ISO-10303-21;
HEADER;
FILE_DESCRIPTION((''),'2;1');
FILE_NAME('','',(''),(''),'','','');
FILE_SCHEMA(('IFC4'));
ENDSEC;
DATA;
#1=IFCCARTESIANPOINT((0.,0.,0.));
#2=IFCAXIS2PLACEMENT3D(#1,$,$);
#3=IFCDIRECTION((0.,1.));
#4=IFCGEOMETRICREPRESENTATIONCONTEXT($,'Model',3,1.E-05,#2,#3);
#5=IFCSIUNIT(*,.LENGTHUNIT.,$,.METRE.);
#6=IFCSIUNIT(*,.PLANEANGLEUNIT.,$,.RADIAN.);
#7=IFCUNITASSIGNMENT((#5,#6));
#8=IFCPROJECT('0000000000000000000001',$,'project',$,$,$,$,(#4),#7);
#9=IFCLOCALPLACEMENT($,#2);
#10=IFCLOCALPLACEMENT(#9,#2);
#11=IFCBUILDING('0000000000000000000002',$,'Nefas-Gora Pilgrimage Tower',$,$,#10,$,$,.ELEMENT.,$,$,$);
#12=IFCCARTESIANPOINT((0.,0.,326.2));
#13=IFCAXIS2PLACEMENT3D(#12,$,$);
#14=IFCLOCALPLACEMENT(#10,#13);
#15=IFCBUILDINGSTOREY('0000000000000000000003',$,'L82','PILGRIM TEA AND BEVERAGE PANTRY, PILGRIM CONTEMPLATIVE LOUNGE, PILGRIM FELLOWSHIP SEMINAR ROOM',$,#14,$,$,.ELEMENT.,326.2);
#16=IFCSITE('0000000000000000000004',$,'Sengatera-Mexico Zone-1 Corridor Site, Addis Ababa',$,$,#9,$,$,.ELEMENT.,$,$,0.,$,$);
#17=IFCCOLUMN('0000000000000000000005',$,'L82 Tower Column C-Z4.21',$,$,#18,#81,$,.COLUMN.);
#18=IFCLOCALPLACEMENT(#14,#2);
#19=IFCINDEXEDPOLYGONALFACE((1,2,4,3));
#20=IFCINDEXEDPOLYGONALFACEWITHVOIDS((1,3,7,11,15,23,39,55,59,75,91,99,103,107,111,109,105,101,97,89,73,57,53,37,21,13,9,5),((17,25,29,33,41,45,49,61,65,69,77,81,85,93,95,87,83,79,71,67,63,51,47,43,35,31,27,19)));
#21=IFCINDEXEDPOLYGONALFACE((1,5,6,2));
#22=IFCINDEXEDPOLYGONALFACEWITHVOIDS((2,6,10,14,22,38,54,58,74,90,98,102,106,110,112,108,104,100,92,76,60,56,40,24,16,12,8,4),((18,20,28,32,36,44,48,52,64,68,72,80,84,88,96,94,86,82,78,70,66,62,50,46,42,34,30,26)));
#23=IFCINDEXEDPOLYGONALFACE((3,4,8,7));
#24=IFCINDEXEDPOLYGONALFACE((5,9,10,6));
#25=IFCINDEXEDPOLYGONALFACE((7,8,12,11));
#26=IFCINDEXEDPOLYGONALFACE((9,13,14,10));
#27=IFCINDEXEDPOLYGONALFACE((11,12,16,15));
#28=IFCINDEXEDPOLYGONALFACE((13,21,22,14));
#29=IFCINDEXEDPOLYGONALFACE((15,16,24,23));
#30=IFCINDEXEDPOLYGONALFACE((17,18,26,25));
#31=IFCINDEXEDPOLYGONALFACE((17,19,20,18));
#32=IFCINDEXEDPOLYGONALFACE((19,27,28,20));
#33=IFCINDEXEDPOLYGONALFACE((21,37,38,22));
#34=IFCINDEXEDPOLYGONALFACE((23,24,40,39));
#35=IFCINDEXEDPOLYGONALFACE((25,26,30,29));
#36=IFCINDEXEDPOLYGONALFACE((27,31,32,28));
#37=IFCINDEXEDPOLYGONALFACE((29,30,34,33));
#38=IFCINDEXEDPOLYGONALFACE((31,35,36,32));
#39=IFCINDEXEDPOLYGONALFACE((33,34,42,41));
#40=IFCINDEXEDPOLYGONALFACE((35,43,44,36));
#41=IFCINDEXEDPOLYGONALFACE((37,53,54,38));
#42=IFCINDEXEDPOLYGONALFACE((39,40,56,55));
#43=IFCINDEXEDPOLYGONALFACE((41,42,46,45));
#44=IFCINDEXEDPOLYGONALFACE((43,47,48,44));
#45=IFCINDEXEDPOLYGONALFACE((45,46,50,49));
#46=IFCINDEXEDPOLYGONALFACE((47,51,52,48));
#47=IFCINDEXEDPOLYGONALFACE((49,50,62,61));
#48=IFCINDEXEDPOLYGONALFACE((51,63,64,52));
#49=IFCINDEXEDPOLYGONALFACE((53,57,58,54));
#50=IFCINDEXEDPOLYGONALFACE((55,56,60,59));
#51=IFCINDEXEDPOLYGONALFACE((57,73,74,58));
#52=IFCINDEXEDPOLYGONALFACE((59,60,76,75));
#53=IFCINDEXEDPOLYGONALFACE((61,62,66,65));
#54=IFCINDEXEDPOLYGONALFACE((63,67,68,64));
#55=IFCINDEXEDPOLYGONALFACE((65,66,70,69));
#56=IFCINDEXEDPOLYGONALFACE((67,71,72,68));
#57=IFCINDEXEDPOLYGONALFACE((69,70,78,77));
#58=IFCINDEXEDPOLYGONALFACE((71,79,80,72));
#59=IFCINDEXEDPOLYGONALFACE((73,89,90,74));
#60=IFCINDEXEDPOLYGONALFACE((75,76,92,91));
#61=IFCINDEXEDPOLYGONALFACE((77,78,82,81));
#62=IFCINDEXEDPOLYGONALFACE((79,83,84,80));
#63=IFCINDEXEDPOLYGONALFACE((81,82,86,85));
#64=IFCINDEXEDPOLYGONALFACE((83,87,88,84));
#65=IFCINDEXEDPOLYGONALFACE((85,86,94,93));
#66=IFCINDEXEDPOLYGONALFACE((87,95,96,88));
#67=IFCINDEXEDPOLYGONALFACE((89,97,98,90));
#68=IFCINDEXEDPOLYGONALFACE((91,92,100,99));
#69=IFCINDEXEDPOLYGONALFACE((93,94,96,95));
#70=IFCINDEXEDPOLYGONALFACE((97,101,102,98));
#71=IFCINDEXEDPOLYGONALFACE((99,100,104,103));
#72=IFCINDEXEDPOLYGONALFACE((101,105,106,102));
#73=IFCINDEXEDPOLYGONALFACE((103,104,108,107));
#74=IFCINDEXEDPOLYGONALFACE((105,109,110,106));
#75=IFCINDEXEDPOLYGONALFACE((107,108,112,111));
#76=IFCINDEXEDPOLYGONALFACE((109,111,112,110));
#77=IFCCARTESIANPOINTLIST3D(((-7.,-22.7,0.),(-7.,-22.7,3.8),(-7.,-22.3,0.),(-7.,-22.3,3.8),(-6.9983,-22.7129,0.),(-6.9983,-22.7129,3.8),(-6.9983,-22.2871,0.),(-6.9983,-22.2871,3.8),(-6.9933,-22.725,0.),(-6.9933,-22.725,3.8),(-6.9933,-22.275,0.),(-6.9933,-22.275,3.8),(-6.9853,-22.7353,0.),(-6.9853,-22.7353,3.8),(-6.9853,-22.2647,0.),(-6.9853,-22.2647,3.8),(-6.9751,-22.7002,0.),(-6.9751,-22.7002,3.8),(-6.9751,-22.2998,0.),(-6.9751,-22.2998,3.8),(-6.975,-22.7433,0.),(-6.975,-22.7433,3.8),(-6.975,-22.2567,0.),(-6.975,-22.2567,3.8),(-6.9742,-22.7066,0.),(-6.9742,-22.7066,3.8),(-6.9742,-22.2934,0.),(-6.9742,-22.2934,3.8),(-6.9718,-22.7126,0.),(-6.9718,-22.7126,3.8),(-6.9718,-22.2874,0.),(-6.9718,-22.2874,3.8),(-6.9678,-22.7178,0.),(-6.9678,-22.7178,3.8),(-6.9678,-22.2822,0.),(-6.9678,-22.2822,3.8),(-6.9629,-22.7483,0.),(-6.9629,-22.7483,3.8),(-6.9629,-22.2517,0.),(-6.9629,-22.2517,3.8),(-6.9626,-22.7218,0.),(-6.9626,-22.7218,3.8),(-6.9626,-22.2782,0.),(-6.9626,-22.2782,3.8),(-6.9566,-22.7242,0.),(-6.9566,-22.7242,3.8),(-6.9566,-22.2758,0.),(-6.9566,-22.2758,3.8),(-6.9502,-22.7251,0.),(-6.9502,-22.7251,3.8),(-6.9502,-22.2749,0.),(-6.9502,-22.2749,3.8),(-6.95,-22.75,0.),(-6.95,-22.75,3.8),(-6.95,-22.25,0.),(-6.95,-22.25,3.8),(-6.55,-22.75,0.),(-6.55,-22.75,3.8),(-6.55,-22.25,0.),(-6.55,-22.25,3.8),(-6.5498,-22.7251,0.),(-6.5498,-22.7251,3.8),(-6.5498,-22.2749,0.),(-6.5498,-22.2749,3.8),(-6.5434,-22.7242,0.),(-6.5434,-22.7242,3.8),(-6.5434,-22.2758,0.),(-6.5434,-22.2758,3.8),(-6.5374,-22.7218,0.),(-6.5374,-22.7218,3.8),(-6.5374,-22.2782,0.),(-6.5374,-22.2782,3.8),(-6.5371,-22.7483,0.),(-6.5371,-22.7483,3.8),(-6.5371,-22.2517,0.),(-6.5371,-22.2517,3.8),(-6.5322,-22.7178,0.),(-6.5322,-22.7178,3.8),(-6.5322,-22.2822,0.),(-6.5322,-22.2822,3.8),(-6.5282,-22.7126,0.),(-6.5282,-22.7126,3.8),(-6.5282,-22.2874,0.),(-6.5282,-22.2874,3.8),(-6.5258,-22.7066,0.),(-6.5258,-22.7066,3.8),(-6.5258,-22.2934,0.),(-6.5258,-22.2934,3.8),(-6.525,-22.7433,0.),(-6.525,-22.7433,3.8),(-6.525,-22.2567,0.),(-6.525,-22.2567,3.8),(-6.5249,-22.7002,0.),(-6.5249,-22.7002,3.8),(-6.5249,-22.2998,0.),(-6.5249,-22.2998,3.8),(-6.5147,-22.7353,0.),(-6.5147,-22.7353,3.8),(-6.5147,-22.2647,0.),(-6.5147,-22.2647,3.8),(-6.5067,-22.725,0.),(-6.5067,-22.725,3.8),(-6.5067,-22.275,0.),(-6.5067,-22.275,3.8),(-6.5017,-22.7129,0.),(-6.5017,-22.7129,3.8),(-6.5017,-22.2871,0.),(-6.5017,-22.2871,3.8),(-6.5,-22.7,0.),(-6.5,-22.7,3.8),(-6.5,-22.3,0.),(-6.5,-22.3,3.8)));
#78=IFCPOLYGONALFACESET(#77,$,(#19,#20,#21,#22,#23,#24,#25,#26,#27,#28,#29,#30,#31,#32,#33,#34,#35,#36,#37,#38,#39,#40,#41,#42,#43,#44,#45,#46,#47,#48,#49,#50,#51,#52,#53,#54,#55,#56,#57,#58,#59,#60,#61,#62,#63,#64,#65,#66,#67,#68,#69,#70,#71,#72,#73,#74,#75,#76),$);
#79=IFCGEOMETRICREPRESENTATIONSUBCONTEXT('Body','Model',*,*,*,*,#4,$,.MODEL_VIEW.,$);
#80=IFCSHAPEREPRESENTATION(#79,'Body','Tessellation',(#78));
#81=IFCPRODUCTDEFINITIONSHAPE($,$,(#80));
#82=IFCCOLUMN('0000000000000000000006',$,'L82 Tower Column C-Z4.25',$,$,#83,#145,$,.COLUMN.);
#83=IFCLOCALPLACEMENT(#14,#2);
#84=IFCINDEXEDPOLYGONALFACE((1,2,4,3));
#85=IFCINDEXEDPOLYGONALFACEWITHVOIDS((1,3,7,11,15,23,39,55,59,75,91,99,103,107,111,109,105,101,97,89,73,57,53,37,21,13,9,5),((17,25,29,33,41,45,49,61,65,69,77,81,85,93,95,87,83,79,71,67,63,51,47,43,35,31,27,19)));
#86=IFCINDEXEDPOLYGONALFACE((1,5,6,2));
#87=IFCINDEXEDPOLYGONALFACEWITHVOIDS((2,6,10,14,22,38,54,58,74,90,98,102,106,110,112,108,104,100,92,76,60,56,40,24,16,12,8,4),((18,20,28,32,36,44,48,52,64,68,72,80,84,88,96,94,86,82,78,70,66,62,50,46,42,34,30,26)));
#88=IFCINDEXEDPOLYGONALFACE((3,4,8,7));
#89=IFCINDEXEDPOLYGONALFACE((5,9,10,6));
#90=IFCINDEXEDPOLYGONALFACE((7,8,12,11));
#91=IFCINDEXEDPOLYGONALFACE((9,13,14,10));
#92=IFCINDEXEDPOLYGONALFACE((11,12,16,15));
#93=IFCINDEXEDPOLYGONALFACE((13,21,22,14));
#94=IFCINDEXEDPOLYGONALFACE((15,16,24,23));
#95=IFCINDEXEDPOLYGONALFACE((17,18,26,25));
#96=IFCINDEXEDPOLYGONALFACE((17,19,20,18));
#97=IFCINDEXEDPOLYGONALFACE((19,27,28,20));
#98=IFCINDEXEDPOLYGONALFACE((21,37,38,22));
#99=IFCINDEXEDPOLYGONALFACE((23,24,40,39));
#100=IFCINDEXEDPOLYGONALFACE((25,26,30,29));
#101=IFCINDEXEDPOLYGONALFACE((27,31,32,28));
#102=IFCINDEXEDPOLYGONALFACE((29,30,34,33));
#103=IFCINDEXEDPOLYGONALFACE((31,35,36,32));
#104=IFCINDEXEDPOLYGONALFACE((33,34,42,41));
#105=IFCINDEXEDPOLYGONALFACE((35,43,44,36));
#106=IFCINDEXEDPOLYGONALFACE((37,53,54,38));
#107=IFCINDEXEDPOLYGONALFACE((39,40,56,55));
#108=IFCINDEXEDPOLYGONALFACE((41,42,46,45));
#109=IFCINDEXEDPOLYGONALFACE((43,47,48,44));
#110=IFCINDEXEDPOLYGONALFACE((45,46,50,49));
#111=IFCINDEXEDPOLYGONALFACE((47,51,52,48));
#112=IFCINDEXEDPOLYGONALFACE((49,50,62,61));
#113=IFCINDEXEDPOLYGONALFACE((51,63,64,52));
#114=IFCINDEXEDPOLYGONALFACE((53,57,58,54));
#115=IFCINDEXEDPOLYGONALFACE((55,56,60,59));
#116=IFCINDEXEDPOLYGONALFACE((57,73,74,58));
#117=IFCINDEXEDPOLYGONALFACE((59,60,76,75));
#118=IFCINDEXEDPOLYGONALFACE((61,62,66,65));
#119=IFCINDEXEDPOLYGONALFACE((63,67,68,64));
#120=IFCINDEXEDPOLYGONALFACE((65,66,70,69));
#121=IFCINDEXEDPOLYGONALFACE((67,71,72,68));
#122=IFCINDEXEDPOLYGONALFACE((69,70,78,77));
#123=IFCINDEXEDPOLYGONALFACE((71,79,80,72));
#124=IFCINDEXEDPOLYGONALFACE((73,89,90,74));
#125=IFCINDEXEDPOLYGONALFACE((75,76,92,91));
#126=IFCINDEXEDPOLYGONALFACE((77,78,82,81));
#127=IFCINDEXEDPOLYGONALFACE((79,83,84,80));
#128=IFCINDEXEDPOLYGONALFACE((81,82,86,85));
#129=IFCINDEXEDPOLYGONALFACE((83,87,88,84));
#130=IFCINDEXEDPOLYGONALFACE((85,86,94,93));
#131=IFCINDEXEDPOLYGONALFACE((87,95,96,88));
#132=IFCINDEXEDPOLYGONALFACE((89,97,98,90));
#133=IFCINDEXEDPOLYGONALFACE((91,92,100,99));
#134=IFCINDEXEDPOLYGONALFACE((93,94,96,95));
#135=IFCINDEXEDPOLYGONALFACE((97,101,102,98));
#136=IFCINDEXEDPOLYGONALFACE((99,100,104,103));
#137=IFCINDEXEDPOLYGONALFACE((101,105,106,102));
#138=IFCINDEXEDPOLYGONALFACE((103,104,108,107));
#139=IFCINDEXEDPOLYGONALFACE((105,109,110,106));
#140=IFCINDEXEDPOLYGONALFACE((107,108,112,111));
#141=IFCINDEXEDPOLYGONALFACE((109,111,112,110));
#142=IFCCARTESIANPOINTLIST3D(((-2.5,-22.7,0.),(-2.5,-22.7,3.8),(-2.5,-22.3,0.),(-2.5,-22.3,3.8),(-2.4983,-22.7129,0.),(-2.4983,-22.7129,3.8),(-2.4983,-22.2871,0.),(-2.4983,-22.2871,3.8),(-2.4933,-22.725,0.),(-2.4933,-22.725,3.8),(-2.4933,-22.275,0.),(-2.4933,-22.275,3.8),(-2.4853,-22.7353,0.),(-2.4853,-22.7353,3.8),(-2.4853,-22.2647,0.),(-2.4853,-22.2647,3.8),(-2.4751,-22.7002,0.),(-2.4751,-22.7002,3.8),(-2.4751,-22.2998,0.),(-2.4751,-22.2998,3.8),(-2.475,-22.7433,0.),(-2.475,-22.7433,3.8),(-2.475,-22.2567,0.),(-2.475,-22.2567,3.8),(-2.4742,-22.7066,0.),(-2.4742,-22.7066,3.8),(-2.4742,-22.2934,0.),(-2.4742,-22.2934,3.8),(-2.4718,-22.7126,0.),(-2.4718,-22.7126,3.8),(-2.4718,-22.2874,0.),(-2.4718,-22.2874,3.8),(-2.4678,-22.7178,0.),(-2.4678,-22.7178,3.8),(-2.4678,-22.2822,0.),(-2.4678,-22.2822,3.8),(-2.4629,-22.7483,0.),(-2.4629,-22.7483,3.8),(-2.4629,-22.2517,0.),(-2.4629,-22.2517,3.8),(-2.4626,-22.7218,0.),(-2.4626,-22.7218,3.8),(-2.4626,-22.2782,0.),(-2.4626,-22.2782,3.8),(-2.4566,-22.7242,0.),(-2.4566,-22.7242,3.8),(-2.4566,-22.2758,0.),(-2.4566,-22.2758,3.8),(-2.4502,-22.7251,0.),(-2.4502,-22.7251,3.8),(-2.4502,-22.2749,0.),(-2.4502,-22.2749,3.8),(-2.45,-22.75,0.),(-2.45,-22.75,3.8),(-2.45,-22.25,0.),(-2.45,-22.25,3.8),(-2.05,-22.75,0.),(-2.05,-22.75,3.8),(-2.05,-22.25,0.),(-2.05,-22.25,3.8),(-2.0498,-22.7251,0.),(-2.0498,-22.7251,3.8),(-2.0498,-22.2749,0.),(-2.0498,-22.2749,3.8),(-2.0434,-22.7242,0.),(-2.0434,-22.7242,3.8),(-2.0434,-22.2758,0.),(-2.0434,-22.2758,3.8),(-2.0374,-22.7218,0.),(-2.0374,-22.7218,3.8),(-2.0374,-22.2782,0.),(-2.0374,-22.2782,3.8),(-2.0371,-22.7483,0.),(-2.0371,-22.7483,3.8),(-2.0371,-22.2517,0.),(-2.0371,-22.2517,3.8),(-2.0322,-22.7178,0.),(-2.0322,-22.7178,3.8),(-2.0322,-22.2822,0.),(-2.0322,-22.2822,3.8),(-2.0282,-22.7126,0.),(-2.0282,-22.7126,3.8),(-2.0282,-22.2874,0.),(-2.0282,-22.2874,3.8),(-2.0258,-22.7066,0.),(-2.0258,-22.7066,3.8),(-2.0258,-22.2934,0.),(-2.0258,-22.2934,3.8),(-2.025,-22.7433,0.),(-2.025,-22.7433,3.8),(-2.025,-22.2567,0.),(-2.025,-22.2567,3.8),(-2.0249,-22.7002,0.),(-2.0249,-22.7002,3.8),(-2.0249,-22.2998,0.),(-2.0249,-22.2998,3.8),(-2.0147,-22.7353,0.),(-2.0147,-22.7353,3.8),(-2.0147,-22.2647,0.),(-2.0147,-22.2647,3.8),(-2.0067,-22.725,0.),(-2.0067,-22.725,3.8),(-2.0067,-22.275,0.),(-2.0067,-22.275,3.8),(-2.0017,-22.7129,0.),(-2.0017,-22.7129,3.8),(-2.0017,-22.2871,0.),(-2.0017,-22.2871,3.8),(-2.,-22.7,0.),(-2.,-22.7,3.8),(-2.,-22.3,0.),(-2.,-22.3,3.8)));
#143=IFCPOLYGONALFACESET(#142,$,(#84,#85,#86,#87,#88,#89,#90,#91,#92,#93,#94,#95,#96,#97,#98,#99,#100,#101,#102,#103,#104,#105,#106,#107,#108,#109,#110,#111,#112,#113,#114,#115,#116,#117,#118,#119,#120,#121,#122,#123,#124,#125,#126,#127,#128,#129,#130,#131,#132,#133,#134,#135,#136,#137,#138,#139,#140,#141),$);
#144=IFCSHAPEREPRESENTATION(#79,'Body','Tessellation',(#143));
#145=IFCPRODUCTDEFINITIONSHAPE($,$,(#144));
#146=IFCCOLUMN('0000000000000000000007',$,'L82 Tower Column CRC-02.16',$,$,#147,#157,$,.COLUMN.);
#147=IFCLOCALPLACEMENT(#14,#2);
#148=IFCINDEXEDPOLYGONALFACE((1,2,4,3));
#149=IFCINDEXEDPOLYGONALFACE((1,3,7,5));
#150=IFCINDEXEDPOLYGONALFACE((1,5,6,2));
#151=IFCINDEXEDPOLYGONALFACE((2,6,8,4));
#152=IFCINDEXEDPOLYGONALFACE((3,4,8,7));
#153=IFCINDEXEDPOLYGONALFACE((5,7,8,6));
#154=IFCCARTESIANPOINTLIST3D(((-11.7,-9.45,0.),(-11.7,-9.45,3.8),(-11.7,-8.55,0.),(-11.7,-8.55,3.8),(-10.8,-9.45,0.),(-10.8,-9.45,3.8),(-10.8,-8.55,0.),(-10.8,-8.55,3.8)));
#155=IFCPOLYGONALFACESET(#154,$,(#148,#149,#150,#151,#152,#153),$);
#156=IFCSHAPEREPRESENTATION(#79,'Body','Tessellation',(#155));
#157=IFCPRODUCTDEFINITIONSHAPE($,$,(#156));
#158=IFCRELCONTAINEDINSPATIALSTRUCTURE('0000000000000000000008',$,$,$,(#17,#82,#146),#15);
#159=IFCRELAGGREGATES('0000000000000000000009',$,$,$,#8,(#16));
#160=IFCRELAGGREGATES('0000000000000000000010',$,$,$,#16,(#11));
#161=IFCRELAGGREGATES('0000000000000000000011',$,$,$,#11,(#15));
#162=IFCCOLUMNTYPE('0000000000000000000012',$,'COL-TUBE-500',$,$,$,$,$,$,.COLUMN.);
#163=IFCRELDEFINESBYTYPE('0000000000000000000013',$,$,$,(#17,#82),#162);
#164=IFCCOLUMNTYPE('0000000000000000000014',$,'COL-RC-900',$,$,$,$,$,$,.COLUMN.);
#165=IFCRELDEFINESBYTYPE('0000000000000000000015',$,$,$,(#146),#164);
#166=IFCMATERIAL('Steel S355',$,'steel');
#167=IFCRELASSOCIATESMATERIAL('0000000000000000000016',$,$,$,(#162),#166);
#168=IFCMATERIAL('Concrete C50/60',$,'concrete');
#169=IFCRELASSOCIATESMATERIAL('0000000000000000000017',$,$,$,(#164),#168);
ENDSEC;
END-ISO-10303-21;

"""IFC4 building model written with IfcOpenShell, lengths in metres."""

from ifc_helpers import new_model, si_unit, direction, frame, origin, origin_2d, place, context, subcontext, project, spatial, rectangle, hollow_rectangle, extrude, source, transform, mapped, material, material_profile, profile_set, type_object, element, save


model = new_model("IFC4")

# Units and contexts
model_context = context("Model", 3, precision=1e-05, world=origin(), true_north=direction((0.0, 1.0)))
body_context = subcontext(model_context, "Body", "Model", "MODEL_VIEW")
ifc_project = project(units=[si_unit("LENGTHUNIT", "METRE"), si_unit("PLANEANGLEUNIT", "RADIAN")], contexts=[model_context])

# Site, building, storey
site_placement = place(None, origin())
site = spatial("IfcSite", under=ifc_project, at=site_placement, Name="Sengatera-Mexico Zone-1 Corridor Site, Addis Ababa", CompositionType="ELEMENT", RefElevation=0.0)
building_placement = place(site_placement, origin())
building = spatial("IfcBuilding", under=site, at=building_placement, Name="Nefas-Gora Pilgrimage Tower", CompositionType="ELEMENT")
storey_placement = place(building_placement, frame((0.0, 0.0, 326.2)))
storey = spatial("IfcBuildingStorey", under=building, at=storey_placement, Name="L82", Description="PILGRIM TEA AND BEVERAGE PANTRY, PILGRIM CONTEMPLATIVE LOUNGE, PILGRIM FELLOWSHIP SEMINAR ROOM", CompositionType="ELEMENT", Elevation=326.2)

# Columns
ifc_material_1 = material(Name="Steel S355", Category="steel")
ifc_material_profile_1 = material_profile(ifc_material_1, hollow_rectangle(XDim=0.5, YDim=0.5, WallThickness=0.0249, InnerFilletRadius=0.0249, OuterFilletRadius=0.05, at=origin_2d()), Name="SHS 500x500x25")
ifc_profile_set_1 = profile_set([ifc_material_profile_1], Name="Steel S355")
column_type_1 = type_object("IfcColumnType", Name="COL-TUBE-500", PredefinedType="COLUMN", material=ifc_profile_set_1)
shared_shape_1 = source(origin(), body_context, "Body", "SweptSolid", [
    extrude(hollow_rectangle(XDim=0.5, YDim=0.5, WallThickness=0.0249, InnerFilletRadius=0.0249, OuterFilletRadius=0.05, at=origin_2d()), origin(), (0.0, 0.0, 1.0), 3.8),
])
for number, where, z_axis, x_axis, name in (
    (1, (-6.75, -22.5, 0.0), (0.0, 0.0, 1.0), (1.0, 0.0, 0.0), "L82 Tower Column C-Z4.21"),
    (2, (-2.25, -22.5, 0.0), (0.0, 0.0, 1.0), (1.0, 0.0, 0.0), "L82 Tower Column C-Z4.25"),
):
    element("IfcColumn", number, at=place(storey_placement, frame(where, z_axis=z_axis, x_axis=x_axis)), inside=storey, type_object=column_type_1, Name=name, PredefinedType="COLUMN", context=body_context, shape_type="MappedRepresentation", body=[
        mapped(shared_shape_1, transform((0.0, 0.0, 0.0), x_axis=(1.0, 0.0, 0.0), y_axis=(0.0, 1.0, 0.0), z_axis=(0.0, 0.0, 1.0), scale=1.0)),
    ])
ifc_material_2 = material(Name="Concrete C50/60", Category="concrete")
ifc_material_profile_2 = material_profile(ifc_material_2, rectangle(XDim=0.8999, YDim=0.8999, at=origin_2d()), Name="RC 900x900")
ifc_profile_set_2 = profile_set([ifc_material_profile_2], Name="Concrete C50/60")
column_type_2 = type_object("IfcColumnType", Name="COL-RC-900", PredefinedType="COLUMN", material=ifc_profile_set_2)
shared_shape_2 = source(origin(), body_context, "Body", "SweptSolid", [
    extrude(rectangle(XDim=0.8999, YDim=0.8999, at=origin_2d()), origin(), (0.0, 0.0, 1.0), 3.8),
])
column_placement = place(storey_placement, frame((-11.25, -9.0, 0.0), z_axis=(0.0, 0.0, 1.0), x_axis=(1.0, 0.0, 0.0)))
element("IfcColumn", 3, at=column_placement, inside=storey, type_object=column_type_2, Name="L82 Tower Column CRC-02.16", PredefinedType="COLUMN", context=body_context, shape_type="MappedRepresentation", body=[
    mapped(shared_shape_2, transform((0.0, 0.0, 0.0), x_axis=(1.0, 0.0, 0.0), y_axis=(0.0, 1.0, 0.0), z_axis=(0.0, 0.0, 1.0), scale=1.0)),
])

save(model, "model.ifc")
